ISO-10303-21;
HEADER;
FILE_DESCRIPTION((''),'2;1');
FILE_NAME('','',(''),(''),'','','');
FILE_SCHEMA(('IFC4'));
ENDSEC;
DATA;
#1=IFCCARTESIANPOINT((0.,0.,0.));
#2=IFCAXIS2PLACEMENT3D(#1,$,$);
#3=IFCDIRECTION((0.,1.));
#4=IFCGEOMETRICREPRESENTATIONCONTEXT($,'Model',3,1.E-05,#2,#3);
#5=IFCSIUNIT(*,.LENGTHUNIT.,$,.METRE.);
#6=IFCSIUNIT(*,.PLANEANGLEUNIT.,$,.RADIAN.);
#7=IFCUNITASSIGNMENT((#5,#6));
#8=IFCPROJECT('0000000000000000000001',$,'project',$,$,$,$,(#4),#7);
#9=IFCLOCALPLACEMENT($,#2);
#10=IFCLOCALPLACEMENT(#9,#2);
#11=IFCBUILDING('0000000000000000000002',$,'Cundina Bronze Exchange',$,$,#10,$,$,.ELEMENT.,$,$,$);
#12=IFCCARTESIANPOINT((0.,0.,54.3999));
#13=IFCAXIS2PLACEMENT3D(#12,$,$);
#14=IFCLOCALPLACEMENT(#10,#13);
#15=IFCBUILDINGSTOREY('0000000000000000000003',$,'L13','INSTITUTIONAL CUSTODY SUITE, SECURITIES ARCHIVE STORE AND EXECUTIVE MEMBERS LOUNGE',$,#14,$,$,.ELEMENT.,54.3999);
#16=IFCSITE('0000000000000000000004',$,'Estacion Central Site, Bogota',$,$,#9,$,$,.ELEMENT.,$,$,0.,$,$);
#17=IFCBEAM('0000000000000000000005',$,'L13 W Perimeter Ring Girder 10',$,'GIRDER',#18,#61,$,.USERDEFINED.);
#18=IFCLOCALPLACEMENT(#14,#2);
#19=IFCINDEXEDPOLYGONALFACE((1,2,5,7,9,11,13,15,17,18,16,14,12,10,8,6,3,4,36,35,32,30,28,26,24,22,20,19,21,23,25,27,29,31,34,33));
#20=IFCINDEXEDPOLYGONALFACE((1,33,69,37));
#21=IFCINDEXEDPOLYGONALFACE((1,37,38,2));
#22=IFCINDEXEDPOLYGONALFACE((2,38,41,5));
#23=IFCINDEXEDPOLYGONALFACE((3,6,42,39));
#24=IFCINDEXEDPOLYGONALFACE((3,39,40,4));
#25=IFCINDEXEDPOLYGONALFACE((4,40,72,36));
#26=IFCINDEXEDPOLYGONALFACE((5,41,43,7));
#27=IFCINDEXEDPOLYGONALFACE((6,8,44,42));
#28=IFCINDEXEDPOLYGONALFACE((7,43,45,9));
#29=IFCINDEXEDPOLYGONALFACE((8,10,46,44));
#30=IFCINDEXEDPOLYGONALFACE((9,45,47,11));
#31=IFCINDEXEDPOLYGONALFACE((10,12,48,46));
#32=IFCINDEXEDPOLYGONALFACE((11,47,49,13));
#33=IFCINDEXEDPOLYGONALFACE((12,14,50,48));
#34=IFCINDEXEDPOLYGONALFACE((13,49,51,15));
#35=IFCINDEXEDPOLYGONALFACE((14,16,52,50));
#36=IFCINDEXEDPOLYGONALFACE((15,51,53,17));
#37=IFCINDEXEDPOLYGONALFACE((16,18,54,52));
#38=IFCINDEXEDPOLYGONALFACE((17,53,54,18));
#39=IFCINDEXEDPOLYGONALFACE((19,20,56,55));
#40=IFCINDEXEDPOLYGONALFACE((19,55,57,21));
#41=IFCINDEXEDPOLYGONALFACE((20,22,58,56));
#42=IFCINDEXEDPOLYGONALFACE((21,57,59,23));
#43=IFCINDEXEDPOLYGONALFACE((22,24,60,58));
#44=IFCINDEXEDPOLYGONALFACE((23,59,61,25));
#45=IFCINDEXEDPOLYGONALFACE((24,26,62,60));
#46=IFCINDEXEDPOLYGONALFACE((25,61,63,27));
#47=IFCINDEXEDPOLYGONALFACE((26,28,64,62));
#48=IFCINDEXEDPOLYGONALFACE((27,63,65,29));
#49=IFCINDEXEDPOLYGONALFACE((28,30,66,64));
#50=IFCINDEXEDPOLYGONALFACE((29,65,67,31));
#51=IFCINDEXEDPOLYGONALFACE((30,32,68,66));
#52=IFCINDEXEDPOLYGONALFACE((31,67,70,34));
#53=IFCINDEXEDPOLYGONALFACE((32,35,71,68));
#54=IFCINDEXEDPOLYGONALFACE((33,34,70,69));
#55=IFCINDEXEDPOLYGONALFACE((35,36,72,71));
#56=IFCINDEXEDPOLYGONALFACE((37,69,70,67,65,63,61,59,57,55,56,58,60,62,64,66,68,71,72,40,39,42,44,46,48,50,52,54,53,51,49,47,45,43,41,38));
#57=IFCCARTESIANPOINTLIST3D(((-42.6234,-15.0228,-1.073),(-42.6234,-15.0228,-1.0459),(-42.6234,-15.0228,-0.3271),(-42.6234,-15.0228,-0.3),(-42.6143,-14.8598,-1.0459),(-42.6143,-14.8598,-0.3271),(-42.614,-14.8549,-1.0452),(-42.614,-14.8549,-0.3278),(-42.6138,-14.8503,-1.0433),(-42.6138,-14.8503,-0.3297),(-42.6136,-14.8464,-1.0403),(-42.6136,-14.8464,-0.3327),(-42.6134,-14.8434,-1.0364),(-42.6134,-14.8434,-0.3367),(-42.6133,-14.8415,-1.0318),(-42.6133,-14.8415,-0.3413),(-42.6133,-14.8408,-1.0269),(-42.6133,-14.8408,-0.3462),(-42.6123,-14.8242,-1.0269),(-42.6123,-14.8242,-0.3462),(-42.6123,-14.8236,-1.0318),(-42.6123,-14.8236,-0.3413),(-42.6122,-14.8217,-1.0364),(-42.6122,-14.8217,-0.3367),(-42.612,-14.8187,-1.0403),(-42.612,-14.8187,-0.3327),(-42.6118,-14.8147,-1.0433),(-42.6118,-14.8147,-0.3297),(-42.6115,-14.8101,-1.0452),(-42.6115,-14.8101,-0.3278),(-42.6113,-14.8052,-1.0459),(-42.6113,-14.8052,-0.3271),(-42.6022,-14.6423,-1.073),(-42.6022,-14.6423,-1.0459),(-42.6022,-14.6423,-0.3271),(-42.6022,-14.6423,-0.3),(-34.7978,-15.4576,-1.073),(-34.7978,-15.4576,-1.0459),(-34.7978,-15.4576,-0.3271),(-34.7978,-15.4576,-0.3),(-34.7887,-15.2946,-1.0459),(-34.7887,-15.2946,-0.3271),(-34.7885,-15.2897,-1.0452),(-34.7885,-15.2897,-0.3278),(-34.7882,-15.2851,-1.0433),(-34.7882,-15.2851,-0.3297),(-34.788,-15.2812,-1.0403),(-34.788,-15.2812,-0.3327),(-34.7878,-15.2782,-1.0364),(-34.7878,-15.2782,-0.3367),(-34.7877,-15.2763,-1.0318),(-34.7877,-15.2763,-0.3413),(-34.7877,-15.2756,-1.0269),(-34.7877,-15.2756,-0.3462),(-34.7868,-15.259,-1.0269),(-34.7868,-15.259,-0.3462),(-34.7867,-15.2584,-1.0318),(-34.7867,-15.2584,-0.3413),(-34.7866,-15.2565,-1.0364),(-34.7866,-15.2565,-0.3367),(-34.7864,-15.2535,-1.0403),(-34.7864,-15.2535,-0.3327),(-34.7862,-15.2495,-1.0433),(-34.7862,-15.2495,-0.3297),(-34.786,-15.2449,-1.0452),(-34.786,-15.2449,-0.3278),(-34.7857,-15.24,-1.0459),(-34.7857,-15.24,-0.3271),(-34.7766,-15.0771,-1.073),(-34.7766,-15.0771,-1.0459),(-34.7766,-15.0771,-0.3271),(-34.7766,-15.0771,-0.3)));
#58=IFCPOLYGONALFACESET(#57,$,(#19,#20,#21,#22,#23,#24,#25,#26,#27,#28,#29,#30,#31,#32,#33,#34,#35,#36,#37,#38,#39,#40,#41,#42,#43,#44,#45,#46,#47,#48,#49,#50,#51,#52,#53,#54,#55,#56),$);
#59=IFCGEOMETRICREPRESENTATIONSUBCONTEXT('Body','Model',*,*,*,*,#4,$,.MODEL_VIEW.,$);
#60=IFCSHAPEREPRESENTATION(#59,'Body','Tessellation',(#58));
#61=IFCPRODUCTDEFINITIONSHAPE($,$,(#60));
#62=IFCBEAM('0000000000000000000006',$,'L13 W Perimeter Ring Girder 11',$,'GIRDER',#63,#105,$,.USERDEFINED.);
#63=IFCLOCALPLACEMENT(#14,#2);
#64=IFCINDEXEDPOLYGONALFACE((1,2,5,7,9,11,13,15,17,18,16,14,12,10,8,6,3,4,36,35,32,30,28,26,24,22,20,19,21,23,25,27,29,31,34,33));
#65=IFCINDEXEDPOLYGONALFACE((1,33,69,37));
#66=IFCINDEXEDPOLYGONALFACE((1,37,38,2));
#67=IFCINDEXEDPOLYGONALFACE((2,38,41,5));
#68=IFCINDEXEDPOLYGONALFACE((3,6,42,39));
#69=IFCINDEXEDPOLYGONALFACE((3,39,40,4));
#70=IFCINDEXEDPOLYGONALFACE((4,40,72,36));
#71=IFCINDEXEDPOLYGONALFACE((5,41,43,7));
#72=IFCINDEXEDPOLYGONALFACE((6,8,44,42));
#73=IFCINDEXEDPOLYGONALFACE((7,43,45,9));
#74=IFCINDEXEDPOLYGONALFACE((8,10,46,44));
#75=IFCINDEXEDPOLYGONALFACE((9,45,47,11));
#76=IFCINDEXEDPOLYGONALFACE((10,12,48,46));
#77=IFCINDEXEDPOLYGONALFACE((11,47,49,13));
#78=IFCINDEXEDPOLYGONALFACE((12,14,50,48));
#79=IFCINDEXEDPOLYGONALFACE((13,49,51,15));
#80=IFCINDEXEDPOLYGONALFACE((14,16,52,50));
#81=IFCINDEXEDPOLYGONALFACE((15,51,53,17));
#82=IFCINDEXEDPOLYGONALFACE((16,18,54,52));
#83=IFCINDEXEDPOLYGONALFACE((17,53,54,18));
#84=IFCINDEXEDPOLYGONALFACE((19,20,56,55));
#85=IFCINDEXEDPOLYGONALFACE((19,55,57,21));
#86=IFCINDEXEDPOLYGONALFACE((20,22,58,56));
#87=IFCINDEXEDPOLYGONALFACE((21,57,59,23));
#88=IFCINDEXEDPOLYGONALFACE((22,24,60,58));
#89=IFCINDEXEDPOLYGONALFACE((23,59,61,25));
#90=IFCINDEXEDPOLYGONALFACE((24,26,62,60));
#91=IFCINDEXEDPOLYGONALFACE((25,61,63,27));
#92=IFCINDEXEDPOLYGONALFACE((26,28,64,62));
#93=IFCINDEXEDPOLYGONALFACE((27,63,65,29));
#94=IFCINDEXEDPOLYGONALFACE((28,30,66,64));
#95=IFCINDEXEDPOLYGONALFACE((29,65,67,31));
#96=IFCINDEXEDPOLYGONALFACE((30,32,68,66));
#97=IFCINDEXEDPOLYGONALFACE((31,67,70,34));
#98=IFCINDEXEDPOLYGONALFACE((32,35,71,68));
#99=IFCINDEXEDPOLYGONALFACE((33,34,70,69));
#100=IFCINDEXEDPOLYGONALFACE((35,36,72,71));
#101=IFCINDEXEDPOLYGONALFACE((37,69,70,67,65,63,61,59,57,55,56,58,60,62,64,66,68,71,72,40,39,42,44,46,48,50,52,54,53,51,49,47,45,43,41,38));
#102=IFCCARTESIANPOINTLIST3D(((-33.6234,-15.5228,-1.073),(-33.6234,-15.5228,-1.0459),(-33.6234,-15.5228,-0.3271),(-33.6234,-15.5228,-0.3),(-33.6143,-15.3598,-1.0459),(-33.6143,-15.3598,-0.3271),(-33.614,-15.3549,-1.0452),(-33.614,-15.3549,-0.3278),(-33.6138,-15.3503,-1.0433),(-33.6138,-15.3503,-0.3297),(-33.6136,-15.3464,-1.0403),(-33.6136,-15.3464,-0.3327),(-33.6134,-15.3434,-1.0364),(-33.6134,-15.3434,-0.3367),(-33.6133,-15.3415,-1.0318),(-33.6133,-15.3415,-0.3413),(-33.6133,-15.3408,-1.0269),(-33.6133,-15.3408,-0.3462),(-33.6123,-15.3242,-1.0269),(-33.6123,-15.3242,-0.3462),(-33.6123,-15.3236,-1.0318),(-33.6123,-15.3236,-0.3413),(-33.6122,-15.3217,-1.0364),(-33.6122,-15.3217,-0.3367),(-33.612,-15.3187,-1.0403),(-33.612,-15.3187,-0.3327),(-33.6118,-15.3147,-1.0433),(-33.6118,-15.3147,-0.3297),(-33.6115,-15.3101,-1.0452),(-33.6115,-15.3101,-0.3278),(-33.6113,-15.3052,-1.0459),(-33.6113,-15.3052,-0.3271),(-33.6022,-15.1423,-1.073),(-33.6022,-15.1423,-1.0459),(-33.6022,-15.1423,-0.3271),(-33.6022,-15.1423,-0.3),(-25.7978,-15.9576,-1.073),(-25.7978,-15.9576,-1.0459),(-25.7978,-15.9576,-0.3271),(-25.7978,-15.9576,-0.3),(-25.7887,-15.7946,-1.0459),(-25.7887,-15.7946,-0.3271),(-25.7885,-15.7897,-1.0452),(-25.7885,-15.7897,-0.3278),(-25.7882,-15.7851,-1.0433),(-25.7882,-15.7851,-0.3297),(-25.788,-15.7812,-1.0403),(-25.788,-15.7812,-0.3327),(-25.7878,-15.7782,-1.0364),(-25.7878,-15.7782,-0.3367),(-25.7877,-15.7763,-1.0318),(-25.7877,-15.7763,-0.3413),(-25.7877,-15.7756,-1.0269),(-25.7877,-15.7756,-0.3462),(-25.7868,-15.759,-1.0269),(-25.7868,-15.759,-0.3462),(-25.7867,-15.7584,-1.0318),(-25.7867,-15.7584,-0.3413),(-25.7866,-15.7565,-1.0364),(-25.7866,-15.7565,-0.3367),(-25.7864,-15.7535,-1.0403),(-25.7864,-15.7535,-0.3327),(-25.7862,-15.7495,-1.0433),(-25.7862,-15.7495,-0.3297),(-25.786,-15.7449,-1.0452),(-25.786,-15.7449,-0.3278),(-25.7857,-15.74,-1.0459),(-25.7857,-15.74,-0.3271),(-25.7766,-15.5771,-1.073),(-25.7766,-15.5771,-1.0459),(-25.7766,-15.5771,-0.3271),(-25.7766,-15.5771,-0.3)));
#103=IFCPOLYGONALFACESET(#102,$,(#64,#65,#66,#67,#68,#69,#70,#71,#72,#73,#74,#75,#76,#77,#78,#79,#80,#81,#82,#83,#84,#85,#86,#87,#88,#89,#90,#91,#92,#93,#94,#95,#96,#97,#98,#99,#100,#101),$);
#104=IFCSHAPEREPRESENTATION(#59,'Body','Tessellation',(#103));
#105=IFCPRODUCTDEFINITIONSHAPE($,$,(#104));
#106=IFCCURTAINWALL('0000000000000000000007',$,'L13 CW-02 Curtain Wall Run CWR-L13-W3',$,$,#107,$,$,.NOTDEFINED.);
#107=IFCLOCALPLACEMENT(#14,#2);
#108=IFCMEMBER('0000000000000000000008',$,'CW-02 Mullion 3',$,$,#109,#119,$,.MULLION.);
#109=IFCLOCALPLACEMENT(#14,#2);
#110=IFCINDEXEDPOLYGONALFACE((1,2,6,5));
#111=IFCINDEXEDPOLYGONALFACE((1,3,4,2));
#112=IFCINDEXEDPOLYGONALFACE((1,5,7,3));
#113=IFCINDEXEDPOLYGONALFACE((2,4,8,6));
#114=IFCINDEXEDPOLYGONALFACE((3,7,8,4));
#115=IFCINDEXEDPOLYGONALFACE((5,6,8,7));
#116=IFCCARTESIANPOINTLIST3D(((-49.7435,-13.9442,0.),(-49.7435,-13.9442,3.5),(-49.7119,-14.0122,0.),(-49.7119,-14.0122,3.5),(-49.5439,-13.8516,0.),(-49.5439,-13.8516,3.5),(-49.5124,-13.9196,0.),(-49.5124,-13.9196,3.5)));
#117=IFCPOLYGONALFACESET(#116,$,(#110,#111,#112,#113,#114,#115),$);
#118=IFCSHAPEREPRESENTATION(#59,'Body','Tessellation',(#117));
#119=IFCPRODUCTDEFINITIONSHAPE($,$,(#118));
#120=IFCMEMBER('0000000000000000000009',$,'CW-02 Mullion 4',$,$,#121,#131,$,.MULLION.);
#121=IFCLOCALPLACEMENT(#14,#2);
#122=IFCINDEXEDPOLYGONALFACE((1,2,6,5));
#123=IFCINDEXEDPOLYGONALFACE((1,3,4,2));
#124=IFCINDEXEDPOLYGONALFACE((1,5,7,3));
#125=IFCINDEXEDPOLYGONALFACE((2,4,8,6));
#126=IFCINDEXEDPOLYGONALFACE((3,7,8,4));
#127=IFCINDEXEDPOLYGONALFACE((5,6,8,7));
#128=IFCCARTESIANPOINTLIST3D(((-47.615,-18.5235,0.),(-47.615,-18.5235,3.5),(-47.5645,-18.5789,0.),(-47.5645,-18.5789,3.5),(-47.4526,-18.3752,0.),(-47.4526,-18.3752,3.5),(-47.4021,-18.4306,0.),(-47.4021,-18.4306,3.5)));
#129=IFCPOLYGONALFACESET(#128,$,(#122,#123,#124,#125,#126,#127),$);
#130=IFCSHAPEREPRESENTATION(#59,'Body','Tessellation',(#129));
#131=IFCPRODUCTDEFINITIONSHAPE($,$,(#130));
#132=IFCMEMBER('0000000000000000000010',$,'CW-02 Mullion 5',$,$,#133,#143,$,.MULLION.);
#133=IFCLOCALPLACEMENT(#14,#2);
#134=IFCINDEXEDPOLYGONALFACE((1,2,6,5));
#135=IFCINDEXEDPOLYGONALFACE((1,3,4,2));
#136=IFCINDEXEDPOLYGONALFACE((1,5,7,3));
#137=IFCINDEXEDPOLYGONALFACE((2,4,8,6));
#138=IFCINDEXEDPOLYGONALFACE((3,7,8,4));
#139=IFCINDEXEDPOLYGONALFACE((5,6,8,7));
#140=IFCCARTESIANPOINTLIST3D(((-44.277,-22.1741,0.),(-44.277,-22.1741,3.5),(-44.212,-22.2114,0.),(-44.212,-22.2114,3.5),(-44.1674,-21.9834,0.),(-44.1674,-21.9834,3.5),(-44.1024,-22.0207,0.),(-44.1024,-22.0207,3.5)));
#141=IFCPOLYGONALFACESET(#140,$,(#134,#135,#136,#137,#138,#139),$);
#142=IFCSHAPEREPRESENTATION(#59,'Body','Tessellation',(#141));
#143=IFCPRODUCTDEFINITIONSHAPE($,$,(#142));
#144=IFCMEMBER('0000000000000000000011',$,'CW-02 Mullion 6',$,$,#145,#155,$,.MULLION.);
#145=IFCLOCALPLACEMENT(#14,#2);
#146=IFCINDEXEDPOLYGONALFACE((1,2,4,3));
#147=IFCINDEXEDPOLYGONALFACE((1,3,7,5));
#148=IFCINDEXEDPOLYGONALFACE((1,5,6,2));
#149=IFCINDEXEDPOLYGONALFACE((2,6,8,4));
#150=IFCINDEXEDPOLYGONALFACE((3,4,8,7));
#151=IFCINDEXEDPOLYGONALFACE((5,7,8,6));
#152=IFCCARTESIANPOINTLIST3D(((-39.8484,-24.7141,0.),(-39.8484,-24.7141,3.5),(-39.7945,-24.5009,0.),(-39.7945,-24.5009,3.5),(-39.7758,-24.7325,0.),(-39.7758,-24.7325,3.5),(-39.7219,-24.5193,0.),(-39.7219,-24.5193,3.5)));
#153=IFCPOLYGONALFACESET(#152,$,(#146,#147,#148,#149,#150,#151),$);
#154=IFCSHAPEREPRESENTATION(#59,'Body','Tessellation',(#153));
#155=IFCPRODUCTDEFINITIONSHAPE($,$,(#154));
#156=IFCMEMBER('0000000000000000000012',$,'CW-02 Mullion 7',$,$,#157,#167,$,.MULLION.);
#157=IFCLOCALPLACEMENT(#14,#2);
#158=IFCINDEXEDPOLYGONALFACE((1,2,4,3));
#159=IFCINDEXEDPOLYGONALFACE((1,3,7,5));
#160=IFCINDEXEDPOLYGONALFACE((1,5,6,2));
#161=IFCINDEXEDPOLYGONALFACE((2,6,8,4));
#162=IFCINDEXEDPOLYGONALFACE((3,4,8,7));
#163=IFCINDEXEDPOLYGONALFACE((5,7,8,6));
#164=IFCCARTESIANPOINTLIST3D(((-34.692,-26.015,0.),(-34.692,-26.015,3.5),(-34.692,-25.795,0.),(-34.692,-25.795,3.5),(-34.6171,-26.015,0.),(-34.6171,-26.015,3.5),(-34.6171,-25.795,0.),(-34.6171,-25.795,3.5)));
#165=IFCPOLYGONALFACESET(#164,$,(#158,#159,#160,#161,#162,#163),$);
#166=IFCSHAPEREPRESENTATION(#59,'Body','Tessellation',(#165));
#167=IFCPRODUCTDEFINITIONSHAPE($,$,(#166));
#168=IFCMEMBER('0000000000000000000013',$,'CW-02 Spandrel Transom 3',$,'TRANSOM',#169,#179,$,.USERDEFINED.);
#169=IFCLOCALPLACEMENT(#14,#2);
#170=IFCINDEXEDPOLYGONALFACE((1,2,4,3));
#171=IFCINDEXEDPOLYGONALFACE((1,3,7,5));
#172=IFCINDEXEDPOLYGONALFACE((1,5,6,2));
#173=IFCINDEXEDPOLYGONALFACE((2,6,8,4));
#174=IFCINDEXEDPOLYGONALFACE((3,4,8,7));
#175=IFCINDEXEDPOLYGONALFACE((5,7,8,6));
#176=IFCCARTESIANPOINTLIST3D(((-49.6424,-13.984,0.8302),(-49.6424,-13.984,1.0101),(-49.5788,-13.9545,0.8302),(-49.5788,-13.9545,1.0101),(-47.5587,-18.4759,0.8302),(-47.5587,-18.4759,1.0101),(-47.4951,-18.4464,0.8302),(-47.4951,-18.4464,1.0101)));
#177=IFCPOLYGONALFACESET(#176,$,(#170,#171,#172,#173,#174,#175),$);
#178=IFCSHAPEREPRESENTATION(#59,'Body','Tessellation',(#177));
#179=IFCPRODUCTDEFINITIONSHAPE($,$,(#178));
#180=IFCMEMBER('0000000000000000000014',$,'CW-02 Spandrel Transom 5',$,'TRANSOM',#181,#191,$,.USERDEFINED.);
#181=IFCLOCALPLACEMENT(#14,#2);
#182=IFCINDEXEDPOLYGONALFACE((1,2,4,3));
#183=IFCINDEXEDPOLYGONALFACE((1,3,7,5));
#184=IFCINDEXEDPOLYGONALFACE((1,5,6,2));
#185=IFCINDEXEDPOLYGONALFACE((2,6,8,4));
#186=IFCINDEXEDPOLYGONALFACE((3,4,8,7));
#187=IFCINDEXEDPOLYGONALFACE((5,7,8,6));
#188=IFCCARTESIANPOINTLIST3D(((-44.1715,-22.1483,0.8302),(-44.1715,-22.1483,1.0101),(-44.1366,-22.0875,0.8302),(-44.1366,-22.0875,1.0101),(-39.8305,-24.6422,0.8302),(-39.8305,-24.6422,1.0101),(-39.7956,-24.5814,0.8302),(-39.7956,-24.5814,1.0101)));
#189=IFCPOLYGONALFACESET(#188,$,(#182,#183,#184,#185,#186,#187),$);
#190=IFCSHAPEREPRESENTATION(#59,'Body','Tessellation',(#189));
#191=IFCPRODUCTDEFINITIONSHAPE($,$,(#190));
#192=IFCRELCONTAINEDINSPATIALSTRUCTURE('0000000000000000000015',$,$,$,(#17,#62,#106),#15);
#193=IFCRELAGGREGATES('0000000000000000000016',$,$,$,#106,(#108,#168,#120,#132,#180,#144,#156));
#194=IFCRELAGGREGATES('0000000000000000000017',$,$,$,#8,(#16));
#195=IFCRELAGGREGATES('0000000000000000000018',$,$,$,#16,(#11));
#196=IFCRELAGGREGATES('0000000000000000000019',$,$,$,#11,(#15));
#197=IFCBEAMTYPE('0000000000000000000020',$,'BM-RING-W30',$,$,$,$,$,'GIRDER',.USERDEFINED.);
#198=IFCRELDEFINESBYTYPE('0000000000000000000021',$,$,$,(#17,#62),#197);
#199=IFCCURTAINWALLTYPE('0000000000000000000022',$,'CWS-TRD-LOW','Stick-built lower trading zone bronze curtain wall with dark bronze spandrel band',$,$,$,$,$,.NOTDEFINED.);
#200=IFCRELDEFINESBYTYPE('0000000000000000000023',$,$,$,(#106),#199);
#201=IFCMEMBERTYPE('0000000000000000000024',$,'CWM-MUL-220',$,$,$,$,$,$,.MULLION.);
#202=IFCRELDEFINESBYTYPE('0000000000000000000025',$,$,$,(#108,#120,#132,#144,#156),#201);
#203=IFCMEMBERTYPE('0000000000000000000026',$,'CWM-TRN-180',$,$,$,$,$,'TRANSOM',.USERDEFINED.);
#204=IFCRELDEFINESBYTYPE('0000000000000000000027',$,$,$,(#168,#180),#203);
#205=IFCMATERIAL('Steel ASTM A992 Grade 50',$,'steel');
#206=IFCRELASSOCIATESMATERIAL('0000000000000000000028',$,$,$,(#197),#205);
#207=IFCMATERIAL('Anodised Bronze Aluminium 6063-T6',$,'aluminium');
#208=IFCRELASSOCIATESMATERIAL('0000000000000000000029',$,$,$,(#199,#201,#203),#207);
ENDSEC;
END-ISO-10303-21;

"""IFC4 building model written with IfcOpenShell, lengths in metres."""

from ifc_helpers import new_model, si_unit, direction, frame, origin, origin_2d, place, context, subcontext, project, spatial, rectangle, i_section, extrude, material, material_profile, profile_set, type_object, element, aggregate, save


model = new_model("IFC4")

# Units and contexts
model_context = context("Model", 3, precision=1e-05, world=origin(), true_north=direction((0.0, 1.0)))
body_context = subcontext(model_context, "Body", "Model", "MODEL_VIEW")
ifc_project = project(units=[si_unit("LENGTHUNIT", "METRE"), si_unit("PLANEANGLEUNIT", "RADIAN")], contexts=[model_context])

# Site, building, storey
site_placement = place(None, origin())
site = spatial("IfcSite", under=ifc_project, at=site_placement, Name="Estacion Central Site, Bogota", CompositionType="ELEMENT", RefElevation=0.0)
building_placement = place(site_placement, origin())
building = spatial("IfcBuilding", under=site, at=building_placement, Name="Cundina Bronze Exchange", CompositionType="ELEMENT")
storey_placement = place(building_placement, frame((0.0, 0.0, 54.3999)))
storey = spatial("IfcBuildingStorey", under=building, at=storey_placement, Name="L13", Description="INSTITUTIONAL CUSTODY SUITE, SECURITIES ARCHIVE STORE AND EXECUTIVE MEMBERS LOUNGE", CompositionType="ELEMENT", Elevation=54.3999)

# Beams
ifc_material_1 = material(Name="Steel ASTM A992 Grade 50", Category="steel")
ifc_material_profile_1 = material_profile(ifc_material_1, i_section(OverallWidth=0.3811, OverallDepth=0.7729, WebThickness=0.0166, FlangeThickness=0.0271, FilletRadius=0.019, at=origin_2d()), Name="W30X173", Category="steel")
ifc_profile_set_1 = profile_set([ifc_material_profile_1], Name="Steel ASTM A992 Grade 50")
beam_type_1 = type_object("IfcBeamType", Name="BM-RING-W30", ElementType="GIRDER", PredefinedType="USERDEFINED", material=ifc_profile_set_1)
for number, where, z_axis, x_axis, name in (
    (1, (-42.6128, -14.8325, -0.6865), (0.99846, -0.055477, 0.0), (0.055477, 0.99846, 0.0), "L13 W Perimeter Ring Girder 10"),
    (2, (-33.6128, -15.3325, -0.6865), (0.99846, -0.055477, 0.0), (0.055477, 0.99846, 0.0), "L13 W Perimeter Ring Girder 11"),
):
    element("IfcBeam", number, at=place(storey_placement, frame(where, z_axis=z_axis, x_axis=x_axis)), inside=storey, type_object=beam_type_1, Name=name, ObjectType="GIRDER", PredefinedType="USERDEFINED", context=body_context, shape_type="SweptSolid", body=[
        extrude(i_section(OverallWidth=0.3811, OverallDepth=0.7729, WebThickness=0.0166, FlangeThickness=0.0271, FilletRadius=0.019, at=origin_2d()), origin(), (0.0, 0.0, 1.0), 7.8376),
    ])

# Curtain wall, members
ifc_material_2 = material(Name="Anodised Bronze Aluminium 6063-T6", Category="aluminium")
curtain_wall_type = type_object("IfcCurtainWallType", Name="CWS-TRD-LOW", Description="Stick-built lower trading zone bronze curtain wall with dark bronze spandrel band", PredefinedType="NOTDEFINED", material=ifc_material_2)
curtain_wall_placement = place(storey_placement, origin())
curtain_wall = element("IfcCurtainWall", 3, at=curtain_wall_placement, inside=storey, type_object=curtain_wall_type, Name="L13 CW-02 Curtain Wall Run CWR-L13-W3", PredefinedType="NOTDEFINED")
ifc_material_profile_2 = material_profile(ifc_material_2, rectangle(XDim=0.075, YDim=0.22, at=origin_2d()), Name="AL75X220", Category="aluminium")
ifc_profile_set_2 = profile_set([ifc_material_profile_2], Name="Anodised Bronze Aluminium 6063-T6")
member_type_1 = type_object("IfcMemberType", Name="CWM-MUL-220", PredefinedType="MULLION", material=ifc_profile_set_2)
member_1_placement = place(storey_placement, frame((-49.6279, -13.9319, 0.0), z_axis=(0.0, 0.0, 1.0), x_axis=(0.420877, -0.907117, 0.0)))
member_1 = element("IfcMember", 4, at=member_1_placement, type_object=member_type_1, Name="CW-02 Mullion 3", PredefinedType="MULLION", context=body_context, shape_type="SweptSolid", body=[
    extrude(rectangle(XDim=0.075, YDim=0.22, at=origin_2d()), origin(), (0.0, 0.0, 1.0), 3.5),
])
member_2_placement = place(storey_placement, frame((-47.5085, -18.4771, 0.0), z_axis=(0.0, 0.0, 1.0), x_axis=(0.674302, -0.738455, 0.0)))
member_2 = element("IfcMember", 5, at=member_2_placement, type_object=member_type_1, Name="CW-02 Mullion 4", PredefinedType="MULLION", context=body_context, shape_type="SweptSolid", body=[
    extrude(rectangle(XDim=0.075, YDim=0.22, at=origin_2d()), origin(), (0.0, 0.0, 1.0), 3.5),
])
member_3_placement = place(storey_placement, frame((-44.1897, -22.0974, 0.0), z_axis=(0.0, 0.0, 1.0), x_axis=(0.867071, -0.498185, 0.0)))
member_3 = element("IfcMember", 6, at=member_3_placement, type_object=member_type_1, Name="CW-02 Mullion 5", PredefinedType="MULLION", context=body_context, shape_type="SweptSolid", body=[
    extrude(rectangle(XDim=0.075, YDim=0.22, at=origin_2d()), origin(), (0.0, 0.0, 1.0), 3.5),
])
member_4_placement = place(storey_placement, frame((-39.7852, -24.6167, 0.0), z_axis=(0.0, 0.0, 1.0), x_axis=(0.969488, -0.245138, 0.0)))
member_4 = element("IfcMember", 7, at=member_4_placement, type_object=member_type_1, Name="CW-02 Mullion 6", PredefinedType="MULLION", context=body_context, shape_type="SweptSolid", body=[
    extrude(rectangle(XDim=0.075, YDim=0.22, at=origin_2d()), origin(), (0.0, 0.0, 1.0), 3.5),
])
member_5_placement = place(storey_placement, frame((-34.6545, -25.905, 0.0), z_axis=(0.0, 0.0, 1.0), x_axis=(1.0, 0.0, 0.0)))
member_5 = element("IfcMember", 8, at=member_5_placement, type_object=member_type_1, Name="CW-02 Mullion 7", PredefinedType="MULLION", context=body_context, shape_type="SweptSolid", body=[
    extrude(rectangle(XDim=0.075, YDim=0.22, at=origin_2d()), origin(), (0.0, 0.0, 1.0), 3.5),
])
ifc_material_profile_3 = material_profile(ifc_material_2, rectangle(XDim=0.0701, YDim=0.1799, at=origin_2d()), Name="AL70X180", Category="aluminium")
ifc_profile_set_3 = profile_set([ifc_material_profile_3], Name="Anodised Bronze Aluminium 6063-T6")
member_type_2 = type_object("IfcMemberType", Name="CWM-TRN-180", ElementType="TRANSOM", PredefinedType="USERDEFINED", material=ifc_profile_set_3)
member_6_placement = place(storey_placement, frame((-49.6106, -13.9692, 0.9202), z_axis=(0.420811, -0.907148, 0.0), x_axis=(0.907148, 0.420811, 0.0)))
member_6 = element("IfcMember", 9, at=member_6_placement, type_object=member_type_2, Name="CW-02 Spandrel Transom 3", ObjectType="TRANSOM", PredefinedType="USERDEFINED", context=body_context, shape_type="SweptSolid", body=[
    extrude(rectangle(XDim=0.0701, YDim=0.1799, at=origin_2d()), origin(), (0.0, 0.0, 1.0), 4.9517),
])
member_7_placement = place(storey_placement, frame((-44.1541, -22.1179, 0.9202), z_axis=(0.867097, -0.498139, 0.0), x_axis=(0.498139, 0.867097, 0.0)))
member_7 = element("IfcMember", 10, at=member_7_placement, type_object=member_type_2, Name="CW-02 Spandrel Transom 5", ObjectType="TRANSOM", PredefinedType="USERDEFINED", context=body_context, shape_type="SweptSolid", body=[
    extrude(rectangle(XDim=0.0701, YDim=0.1799, at=origin_2d()), origin(), (0.0, 0.0, 1.0), 5.0063),
])
aggregate(curtain_wall, [member_1, member_6, member_2, member_3, member_7, member_4, member_5])

save(model, "model.ifc")
